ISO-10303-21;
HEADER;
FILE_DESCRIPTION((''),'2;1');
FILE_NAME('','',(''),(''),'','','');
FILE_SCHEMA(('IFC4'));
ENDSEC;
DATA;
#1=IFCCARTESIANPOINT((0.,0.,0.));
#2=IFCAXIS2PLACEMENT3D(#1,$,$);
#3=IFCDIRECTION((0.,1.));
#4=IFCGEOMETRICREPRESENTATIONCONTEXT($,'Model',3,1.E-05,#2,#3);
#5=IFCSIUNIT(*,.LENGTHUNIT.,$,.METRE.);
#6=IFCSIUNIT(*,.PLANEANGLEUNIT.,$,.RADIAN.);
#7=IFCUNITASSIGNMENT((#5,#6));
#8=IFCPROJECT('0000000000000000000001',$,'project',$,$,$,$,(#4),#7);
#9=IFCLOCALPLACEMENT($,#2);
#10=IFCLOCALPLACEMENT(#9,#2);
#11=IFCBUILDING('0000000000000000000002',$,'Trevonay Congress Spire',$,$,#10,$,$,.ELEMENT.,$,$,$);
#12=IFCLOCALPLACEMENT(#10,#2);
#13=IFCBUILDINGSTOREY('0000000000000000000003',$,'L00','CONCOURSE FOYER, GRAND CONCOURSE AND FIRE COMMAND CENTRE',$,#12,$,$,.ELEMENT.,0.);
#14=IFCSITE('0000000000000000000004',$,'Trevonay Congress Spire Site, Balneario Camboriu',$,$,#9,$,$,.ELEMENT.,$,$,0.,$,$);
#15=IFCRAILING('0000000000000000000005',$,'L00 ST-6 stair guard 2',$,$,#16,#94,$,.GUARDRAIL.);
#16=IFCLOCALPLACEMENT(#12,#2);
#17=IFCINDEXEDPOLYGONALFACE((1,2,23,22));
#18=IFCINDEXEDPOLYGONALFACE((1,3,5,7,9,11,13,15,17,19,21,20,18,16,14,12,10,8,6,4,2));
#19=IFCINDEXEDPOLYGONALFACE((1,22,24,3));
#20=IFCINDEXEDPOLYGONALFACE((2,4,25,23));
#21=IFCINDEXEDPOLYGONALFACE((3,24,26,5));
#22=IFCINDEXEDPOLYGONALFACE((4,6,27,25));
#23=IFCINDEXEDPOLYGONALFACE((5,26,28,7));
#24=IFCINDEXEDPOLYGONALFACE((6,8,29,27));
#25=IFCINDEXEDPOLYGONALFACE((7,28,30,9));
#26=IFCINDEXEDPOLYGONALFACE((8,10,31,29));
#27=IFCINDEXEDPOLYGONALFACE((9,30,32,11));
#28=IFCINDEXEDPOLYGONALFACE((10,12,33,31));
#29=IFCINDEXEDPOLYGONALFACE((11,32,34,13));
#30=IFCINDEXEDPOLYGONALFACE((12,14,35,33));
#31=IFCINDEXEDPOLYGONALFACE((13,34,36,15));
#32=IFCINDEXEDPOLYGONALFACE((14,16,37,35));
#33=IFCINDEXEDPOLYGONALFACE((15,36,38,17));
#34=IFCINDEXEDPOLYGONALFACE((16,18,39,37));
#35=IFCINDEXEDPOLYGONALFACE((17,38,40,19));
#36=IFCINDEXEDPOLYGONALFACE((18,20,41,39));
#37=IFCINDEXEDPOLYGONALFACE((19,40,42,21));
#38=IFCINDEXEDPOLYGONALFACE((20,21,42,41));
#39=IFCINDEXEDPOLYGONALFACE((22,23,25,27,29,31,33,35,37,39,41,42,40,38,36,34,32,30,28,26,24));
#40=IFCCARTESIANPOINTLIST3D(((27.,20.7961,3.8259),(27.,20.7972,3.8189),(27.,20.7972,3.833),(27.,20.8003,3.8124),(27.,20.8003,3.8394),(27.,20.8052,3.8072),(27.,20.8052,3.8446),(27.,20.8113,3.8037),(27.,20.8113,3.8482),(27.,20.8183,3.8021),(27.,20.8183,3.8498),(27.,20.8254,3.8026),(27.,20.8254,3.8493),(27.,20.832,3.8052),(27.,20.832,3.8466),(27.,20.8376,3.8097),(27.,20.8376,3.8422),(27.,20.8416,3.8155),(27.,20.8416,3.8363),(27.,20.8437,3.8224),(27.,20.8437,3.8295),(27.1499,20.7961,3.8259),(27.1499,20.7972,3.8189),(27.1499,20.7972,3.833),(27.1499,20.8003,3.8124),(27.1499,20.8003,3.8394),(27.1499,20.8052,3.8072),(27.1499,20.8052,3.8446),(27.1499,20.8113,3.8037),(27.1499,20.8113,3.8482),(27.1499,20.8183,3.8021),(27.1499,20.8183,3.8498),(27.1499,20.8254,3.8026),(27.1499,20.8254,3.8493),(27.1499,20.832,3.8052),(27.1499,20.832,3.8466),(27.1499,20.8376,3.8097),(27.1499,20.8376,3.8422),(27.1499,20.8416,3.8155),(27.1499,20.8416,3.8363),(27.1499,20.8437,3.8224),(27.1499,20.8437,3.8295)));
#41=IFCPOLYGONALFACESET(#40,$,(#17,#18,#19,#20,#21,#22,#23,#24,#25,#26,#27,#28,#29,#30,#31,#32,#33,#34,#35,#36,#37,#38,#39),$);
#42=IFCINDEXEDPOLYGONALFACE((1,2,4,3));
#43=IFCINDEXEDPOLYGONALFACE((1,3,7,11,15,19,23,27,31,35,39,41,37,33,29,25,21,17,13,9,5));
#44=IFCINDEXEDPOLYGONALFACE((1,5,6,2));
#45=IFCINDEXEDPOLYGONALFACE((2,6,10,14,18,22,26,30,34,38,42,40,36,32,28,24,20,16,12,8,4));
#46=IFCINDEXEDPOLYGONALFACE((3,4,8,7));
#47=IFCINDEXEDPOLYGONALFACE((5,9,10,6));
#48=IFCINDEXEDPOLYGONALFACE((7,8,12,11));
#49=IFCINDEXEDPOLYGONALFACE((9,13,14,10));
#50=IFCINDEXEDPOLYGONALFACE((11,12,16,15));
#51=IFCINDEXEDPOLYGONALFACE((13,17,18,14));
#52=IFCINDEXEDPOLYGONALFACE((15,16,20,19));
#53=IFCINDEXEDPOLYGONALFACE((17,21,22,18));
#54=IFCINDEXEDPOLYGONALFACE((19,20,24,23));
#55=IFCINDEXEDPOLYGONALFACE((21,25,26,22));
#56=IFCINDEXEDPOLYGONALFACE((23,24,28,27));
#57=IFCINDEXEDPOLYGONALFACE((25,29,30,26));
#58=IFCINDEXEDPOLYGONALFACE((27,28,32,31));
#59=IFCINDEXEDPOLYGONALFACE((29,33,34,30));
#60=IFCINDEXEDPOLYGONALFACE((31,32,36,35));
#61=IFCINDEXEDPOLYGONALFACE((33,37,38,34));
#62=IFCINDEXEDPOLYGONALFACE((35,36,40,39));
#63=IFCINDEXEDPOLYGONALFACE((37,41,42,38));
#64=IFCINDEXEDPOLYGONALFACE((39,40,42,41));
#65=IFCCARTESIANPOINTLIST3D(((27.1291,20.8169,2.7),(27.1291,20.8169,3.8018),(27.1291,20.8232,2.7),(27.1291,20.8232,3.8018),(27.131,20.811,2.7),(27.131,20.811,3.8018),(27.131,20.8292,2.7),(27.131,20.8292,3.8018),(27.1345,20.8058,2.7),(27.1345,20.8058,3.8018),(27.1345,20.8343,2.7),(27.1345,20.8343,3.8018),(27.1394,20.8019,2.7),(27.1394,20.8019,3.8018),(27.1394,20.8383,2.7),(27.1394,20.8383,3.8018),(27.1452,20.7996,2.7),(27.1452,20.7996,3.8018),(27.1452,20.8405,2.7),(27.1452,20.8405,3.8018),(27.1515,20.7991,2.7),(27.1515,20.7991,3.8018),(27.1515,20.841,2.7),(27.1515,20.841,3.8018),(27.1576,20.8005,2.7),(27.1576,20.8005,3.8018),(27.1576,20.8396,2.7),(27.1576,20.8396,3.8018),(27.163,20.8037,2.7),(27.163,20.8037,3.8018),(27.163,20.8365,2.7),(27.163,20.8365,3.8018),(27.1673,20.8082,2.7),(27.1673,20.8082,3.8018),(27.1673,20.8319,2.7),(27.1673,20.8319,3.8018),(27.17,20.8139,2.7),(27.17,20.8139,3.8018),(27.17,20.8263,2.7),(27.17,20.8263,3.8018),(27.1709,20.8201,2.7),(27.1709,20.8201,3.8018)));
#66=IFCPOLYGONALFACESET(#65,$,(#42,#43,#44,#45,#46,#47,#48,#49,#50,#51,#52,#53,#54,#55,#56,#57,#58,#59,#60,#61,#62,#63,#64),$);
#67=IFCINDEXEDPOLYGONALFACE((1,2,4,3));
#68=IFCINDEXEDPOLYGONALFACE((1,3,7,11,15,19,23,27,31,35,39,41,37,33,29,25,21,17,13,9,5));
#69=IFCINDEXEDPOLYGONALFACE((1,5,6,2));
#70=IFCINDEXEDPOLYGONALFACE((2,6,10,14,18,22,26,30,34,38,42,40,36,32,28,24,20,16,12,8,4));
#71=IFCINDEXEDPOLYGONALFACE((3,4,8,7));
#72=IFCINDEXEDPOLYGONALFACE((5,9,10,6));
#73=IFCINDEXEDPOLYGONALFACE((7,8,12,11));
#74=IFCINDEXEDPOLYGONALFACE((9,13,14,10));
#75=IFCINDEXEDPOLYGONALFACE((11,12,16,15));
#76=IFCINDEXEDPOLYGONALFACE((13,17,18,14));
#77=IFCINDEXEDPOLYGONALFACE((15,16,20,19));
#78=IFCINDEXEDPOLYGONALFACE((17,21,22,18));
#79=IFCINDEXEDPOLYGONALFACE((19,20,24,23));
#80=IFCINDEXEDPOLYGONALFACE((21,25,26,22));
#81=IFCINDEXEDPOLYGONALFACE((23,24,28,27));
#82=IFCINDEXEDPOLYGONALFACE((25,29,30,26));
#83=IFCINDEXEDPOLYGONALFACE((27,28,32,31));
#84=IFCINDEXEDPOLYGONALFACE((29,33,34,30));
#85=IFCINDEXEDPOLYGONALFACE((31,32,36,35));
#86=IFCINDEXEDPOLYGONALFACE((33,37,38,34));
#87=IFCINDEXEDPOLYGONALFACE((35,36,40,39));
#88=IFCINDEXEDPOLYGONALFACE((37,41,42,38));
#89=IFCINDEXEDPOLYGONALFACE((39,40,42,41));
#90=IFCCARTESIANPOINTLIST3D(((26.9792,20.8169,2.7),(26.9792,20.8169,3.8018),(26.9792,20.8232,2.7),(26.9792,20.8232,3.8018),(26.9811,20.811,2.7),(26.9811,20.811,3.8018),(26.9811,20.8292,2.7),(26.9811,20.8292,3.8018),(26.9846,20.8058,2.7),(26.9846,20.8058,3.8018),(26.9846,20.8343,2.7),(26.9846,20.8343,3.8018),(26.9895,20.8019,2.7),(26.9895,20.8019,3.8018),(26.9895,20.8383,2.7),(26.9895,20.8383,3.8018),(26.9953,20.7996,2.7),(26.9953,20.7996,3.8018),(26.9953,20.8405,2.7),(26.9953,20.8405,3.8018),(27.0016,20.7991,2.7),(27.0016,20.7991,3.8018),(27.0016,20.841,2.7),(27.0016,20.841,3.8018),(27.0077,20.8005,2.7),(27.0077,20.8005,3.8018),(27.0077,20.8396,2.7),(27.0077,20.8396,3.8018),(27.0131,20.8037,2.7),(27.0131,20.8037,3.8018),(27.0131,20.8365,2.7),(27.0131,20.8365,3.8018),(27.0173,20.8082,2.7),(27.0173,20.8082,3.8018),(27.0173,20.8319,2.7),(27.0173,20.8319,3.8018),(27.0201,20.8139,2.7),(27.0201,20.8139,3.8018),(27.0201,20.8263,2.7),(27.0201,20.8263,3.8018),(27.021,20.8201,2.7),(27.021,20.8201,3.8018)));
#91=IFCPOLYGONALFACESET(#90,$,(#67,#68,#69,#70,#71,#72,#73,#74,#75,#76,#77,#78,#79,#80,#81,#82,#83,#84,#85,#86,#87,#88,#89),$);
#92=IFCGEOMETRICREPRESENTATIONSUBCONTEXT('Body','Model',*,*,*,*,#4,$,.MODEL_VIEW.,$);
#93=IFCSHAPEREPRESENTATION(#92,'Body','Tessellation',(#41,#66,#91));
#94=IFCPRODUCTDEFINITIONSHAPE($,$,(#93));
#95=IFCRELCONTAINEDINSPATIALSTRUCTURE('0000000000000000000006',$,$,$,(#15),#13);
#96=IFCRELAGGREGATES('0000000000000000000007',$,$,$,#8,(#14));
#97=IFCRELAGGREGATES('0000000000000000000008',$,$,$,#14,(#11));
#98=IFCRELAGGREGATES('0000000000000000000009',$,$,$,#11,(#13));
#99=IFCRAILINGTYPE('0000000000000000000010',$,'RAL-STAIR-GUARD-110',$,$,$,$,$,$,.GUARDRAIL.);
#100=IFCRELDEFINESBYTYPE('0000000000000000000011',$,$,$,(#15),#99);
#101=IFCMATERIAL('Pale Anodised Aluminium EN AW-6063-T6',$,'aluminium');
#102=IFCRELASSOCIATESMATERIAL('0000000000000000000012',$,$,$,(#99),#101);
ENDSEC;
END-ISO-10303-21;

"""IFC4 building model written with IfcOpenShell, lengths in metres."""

from ifc_helpers import new_model, si_unit, direction, frame, origin, origin_2d, place, context, subcontext, project, spatial, circle, extrude, material, type_object, element, save


model = new_model("IFC4")

# Units and contexts
model_context = context("Model", 3, precision=1e-05, world=origin(), true_north=direction((0.0, 1.0)))
body_context = subcontext(model_context, "Body", "Model", "MODEL_VIEW")
ifc_project = project(units=[si_unit("LENGTHUNIT", "METRE"), si_unit("PLANEANGLEUNIT", "RADIAN")], contexts=[model_context])

# Site, building, storey
site_placement = place(None, origin())
site = spatial("IfcSite", under=ifc_project, at=site_placement, Name="Trevonay Congress Spire Site, Balneario Camboriu", CompositionType="ELEMENT", RefElevation=0.0)
building_placement = place(site_placement, origin())
building = spatial("IfcBuilding", under=site, at=building_placement, Name="Trevonay Congress Spire", CompositionType="ELEMENT")
storey_placement = place(building_placement, origin())
storey = spatial("IfcBuildingStorey", under=building, at=storey_placement, Name="L00", Description="CONCOURSE FOYER, GRAND CONCOURSE AND FIRE COMMAND CENTRE", CompositionType="ELEMENT", Elevation=0.0)

# Shared definitions
ifc_material_1 = material(Name="Pale Anodised Aluminium EN AW-6063-T6", Category="aluminium")

# Railing
railing_type_1 = type_object("IfcRailingType", Name="RAL-STAIR-GUARD-110", PredefinedType="GUARDRAIL", material=ifc_material_1)
railing_1_placement = place(storey_placement, frame((27.1499, 20.8201, 2.7)))
element("IfcRailing", 1, at=railing_1_placement, inside=storey, type_object=railing_type_1, Name="L00 ST-6 stair guard 2", PredefinedType="GUARDRAIL", context=body_context, shape_type="SweptSolid", body=[
    extrude(circle(Radius=0.0239, at=origin_2d()), frame((0.0, 0.0, 1.126), z_axis=(-1.0, 0.0, 0.0), x_axis=(0.0, -1.0, 0.0)), (0.0, 0.0, 1.0), 0.1499),
    extrude(circle(Radius=0.021, at=origin_2d()), origin(), (0.0, 0.0, 1.0), 1.1018),
    extrude(circle(Radius=0.021, at=origin_2d()), frame((-0.1499, 0.0, 0.0)), (0.0, 0.0, 1.0), 1.1018),
])

save(model, "model.ifc")
